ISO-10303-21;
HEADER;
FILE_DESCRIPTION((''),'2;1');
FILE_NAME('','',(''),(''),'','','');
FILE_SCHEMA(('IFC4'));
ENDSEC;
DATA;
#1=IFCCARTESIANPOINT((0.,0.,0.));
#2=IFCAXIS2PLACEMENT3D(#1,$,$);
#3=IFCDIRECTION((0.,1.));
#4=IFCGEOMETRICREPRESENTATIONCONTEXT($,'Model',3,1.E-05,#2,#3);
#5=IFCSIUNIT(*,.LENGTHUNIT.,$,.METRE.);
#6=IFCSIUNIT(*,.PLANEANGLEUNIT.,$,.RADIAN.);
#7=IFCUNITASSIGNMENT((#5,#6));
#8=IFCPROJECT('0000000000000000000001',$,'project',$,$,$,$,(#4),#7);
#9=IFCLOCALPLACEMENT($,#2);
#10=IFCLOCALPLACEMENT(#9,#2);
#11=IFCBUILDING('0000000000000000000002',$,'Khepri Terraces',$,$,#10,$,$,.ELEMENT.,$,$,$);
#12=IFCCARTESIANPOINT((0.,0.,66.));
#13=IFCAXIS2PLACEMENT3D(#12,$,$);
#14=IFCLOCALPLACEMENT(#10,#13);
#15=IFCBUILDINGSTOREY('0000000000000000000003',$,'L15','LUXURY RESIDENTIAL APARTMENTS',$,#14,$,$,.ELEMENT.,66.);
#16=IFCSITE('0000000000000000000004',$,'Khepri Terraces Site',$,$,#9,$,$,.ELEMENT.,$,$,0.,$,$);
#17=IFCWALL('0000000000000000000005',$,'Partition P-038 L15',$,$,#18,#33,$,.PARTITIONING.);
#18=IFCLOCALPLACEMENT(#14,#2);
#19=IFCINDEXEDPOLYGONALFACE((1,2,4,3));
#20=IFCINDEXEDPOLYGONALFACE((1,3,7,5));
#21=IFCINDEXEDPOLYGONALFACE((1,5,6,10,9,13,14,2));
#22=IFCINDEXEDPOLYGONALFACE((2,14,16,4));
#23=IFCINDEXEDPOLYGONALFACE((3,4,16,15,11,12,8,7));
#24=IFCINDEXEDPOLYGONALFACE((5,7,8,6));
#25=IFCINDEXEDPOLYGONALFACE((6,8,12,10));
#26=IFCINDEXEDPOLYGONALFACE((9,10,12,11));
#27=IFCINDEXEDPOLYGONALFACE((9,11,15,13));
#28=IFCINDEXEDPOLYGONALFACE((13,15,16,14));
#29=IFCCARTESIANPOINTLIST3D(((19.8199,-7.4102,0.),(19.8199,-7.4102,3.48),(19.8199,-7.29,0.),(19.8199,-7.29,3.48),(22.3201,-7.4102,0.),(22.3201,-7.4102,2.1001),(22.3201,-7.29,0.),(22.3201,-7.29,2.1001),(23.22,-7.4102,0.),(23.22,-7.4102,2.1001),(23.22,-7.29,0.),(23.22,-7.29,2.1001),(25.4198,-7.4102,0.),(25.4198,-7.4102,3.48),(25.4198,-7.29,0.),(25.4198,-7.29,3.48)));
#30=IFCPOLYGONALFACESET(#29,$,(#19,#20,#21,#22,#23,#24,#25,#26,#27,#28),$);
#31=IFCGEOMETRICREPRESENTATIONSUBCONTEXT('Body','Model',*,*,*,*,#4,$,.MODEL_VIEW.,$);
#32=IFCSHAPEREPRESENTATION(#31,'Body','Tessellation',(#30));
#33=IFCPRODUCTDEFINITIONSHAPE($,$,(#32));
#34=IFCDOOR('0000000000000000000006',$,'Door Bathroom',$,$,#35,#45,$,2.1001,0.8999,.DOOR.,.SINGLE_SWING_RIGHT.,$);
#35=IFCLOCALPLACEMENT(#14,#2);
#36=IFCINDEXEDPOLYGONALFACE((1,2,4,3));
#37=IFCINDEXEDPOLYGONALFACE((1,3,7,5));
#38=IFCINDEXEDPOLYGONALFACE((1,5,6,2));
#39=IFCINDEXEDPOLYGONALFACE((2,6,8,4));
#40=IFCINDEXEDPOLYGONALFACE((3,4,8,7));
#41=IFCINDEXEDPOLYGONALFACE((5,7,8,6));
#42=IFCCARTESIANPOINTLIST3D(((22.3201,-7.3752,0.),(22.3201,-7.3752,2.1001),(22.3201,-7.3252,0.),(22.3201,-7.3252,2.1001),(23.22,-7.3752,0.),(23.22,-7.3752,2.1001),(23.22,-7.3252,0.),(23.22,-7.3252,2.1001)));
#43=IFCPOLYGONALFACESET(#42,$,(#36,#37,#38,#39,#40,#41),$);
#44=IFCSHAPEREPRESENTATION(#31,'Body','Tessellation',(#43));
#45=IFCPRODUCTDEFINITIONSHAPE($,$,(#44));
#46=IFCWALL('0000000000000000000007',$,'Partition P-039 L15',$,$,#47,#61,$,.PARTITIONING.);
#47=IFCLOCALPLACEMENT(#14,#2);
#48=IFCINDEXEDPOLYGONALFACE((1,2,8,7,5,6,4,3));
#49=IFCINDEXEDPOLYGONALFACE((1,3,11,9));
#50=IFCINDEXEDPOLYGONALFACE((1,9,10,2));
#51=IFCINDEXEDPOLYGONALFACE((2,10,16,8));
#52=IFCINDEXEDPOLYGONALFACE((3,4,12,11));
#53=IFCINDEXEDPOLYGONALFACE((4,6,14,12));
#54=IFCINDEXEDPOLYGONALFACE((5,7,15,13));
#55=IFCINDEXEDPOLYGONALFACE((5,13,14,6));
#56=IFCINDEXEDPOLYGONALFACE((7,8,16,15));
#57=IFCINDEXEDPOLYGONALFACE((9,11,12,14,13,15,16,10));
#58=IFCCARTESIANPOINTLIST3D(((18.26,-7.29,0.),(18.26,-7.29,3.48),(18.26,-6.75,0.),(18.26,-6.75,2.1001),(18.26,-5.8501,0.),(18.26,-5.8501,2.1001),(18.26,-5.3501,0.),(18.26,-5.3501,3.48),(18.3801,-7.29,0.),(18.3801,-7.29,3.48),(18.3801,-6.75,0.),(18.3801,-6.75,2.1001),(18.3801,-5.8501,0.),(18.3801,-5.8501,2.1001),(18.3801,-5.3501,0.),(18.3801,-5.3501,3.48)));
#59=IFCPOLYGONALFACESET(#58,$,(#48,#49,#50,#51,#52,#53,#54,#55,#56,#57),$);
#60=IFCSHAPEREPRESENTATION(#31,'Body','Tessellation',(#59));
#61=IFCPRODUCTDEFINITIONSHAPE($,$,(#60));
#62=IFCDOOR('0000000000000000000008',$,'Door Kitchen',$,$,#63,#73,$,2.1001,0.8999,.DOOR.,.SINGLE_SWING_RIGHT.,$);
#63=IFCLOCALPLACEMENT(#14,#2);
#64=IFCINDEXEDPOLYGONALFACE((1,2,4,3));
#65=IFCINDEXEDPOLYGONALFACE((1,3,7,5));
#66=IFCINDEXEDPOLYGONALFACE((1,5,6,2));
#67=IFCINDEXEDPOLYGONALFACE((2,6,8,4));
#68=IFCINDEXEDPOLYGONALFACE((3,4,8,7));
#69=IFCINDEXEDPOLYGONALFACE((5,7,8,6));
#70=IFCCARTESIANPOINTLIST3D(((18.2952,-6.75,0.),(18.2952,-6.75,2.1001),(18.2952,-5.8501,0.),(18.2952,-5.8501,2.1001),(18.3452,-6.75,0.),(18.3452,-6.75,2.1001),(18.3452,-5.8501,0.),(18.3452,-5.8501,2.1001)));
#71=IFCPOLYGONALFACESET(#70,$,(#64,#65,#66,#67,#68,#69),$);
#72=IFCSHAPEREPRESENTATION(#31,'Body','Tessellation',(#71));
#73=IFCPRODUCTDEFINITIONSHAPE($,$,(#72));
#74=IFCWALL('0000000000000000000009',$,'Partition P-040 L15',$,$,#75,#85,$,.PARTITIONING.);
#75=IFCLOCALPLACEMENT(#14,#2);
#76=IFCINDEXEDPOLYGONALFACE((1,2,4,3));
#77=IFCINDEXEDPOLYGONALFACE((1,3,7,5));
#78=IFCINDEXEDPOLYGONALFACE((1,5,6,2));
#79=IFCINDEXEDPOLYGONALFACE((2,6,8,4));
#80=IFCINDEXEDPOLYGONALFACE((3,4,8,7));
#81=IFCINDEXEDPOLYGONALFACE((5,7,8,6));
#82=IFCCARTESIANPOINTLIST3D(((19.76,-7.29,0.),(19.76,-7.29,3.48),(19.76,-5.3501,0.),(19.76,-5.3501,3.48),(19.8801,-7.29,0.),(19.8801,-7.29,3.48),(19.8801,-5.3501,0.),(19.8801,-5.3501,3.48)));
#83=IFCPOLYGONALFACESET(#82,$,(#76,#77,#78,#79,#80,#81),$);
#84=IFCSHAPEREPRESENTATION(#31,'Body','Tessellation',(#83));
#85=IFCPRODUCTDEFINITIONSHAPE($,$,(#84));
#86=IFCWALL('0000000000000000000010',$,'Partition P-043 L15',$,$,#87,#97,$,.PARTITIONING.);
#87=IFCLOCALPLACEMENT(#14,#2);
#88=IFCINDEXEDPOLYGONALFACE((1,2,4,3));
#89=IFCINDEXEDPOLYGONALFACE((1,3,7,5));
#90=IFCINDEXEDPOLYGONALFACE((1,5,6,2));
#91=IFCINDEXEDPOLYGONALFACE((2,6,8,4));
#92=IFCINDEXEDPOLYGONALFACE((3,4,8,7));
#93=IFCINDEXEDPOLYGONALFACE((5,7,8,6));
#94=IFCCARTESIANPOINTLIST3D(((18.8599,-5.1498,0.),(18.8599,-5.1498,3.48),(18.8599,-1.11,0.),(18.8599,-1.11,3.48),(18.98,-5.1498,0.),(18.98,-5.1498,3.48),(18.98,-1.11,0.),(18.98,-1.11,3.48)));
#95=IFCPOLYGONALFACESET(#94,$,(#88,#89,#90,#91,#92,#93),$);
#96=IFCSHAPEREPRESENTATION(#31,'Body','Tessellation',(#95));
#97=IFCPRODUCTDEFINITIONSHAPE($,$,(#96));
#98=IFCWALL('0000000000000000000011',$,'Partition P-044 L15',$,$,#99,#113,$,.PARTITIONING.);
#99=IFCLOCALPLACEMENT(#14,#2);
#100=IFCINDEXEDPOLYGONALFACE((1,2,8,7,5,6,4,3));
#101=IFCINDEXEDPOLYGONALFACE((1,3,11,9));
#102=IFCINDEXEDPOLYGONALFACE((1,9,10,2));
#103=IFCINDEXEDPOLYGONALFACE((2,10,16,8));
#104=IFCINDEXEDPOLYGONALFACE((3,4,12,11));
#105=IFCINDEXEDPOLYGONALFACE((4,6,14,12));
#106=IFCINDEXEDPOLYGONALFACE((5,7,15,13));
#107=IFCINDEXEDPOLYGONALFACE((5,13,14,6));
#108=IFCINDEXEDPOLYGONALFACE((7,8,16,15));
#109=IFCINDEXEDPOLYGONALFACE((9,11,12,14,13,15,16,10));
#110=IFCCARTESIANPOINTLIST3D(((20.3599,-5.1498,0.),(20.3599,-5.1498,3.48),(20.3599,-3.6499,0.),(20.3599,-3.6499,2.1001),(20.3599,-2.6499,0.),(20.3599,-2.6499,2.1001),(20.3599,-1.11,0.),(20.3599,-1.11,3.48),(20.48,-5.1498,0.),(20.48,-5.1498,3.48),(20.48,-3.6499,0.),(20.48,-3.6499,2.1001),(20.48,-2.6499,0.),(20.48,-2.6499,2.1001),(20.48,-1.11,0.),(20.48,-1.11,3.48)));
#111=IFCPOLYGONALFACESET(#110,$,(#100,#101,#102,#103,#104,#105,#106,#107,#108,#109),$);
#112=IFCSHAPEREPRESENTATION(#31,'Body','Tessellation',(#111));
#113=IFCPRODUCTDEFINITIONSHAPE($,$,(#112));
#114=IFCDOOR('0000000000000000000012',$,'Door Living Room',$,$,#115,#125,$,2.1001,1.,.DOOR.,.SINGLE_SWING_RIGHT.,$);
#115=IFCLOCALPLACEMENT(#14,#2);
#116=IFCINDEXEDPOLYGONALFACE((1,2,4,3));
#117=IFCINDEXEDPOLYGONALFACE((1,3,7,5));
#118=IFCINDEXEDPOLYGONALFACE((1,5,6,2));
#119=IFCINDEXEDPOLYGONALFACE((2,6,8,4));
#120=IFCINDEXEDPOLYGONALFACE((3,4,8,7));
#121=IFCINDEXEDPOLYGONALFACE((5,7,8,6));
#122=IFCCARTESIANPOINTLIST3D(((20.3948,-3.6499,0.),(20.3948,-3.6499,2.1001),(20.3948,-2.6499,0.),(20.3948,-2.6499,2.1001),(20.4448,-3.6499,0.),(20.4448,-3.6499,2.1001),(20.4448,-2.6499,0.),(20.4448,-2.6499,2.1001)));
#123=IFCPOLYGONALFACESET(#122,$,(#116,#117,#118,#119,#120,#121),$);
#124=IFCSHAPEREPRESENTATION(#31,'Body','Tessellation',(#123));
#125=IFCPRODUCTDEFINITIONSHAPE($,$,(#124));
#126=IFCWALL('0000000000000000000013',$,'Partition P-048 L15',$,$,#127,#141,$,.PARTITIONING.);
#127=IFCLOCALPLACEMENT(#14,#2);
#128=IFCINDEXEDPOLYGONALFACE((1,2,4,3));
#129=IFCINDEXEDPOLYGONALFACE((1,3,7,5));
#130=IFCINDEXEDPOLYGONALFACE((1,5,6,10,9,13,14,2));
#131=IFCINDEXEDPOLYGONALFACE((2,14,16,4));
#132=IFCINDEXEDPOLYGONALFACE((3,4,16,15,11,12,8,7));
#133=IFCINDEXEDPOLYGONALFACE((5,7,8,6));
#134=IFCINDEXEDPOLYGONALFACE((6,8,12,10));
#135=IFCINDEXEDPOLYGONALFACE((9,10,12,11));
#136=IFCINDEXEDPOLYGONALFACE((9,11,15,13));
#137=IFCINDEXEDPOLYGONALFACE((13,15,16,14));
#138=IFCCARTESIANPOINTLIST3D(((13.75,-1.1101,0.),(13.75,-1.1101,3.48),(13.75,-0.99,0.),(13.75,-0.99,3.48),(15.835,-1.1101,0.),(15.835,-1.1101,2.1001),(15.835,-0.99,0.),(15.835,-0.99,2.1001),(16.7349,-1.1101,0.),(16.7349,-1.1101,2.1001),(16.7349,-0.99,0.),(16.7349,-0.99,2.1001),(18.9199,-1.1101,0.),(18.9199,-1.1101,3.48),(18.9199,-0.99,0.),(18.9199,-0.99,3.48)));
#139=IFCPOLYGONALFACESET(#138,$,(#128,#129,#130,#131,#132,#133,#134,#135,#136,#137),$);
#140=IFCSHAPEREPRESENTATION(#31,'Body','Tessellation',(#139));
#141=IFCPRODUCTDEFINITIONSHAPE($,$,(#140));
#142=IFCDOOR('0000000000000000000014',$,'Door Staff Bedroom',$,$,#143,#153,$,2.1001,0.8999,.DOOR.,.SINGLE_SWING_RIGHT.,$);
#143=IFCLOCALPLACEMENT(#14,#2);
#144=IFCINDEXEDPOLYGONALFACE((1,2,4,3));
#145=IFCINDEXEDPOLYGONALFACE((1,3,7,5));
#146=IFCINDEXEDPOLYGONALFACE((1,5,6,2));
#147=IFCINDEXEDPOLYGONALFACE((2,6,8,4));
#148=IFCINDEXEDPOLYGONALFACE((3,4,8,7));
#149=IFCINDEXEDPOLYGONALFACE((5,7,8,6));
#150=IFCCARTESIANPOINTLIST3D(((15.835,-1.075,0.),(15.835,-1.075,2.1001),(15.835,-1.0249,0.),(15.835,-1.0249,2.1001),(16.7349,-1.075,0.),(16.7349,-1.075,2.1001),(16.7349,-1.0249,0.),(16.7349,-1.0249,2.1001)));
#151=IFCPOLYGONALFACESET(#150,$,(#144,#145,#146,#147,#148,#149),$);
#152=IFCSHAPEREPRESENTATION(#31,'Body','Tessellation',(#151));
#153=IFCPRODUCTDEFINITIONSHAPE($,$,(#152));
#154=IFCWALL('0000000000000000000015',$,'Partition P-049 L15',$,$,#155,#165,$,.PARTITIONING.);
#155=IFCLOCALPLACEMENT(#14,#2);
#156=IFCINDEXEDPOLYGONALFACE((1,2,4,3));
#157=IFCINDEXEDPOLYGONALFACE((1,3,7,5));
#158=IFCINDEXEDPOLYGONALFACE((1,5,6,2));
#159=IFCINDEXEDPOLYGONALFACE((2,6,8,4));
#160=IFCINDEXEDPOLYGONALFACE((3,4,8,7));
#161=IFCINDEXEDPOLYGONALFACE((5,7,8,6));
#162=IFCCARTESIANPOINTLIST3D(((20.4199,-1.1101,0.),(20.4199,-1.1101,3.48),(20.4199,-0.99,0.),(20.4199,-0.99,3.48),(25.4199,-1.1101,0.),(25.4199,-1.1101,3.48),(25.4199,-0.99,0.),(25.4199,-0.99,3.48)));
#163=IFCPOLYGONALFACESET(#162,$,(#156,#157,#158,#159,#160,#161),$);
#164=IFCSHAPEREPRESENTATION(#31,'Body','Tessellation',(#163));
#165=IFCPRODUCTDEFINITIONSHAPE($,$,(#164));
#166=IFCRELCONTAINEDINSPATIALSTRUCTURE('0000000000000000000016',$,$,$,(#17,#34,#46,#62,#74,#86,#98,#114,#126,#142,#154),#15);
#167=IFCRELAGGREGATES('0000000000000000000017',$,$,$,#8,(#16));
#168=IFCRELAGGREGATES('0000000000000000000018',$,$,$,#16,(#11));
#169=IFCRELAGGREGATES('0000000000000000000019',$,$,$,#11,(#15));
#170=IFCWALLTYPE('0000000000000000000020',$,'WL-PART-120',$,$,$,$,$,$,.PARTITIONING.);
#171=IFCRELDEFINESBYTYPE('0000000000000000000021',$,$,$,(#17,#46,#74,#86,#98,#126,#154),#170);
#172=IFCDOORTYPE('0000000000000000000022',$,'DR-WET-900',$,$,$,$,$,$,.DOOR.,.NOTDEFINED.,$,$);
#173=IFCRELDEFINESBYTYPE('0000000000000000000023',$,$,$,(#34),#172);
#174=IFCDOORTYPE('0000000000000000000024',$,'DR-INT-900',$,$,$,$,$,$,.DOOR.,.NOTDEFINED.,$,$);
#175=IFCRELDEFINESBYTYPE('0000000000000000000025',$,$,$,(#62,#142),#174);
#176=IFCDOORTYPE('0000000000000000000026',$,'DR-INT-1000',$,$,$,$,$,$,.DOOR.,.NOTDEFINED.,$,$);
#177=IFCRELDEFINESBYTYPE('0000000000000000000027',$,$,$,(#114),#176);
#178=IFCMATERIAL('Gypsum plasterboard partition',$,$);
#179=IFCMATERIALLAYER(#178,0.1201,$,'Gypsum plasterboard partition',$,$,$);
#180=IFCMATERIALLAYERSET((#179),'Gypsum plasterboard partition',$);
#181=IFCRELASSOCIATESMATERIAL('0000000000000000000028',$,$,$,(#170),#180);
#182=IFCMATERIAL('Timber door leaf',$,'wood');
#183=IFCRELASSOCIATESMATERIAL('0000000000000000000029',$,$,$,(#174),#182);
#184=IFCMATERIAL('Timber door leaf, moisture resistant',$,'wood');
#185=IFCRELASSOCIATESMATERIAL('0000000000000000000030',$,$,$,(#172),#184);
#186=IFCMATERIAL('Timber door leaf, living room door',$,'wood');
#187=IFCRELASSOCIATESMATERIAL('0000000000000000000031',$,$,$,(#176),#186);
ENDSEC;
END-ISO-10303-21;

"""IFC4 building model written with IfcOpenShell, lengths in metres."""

from ifc_helpers import new_model, si_unit, direction, frame, frame_2d, origin, place, context, subcontext, project, spatial, rectangle, extrude, material, layer, layer_set, type_object, element, fill, save


model = new_model("IFC4")

# Units and contexts
model_context = context("Model", 3, precision=1e-05, world=origin(), true_north=direction((0.0, 1.0)))
body_context = subcontext(model_context, "Body", "Model", "MODEL_VIEW")
ifc_project = project(units=[si_unit("LENGTHUNIT", "METRE"), si_unit("PLANEANGLEUNIT", "RADIAN")], contexts=[model_context])

# Site, building, storey
site_placement = place(None, origin())
site = spatial("IfcSite", under=ifc_project, at=site_placement, Name="Khepri Terraces Site", CompositionType="ELEMENT", RefElevation=0.0)
building_placement = place(site_placement, origin())
building = spatial("IfcBuilding", under=site, at=building_placement, Name="Khepri Terraces", CompositionType="ELEMENT")
storey_placement = place(building_placement, frame((0.0, 0.0, 66.0)))
storey = spatial("IfcBuildingStorey", under=building, at=storey_placement, Name="L15", Description="LUXURY RESIDENTIAL APARTMENTS", CompositionType="ELEMENT", Elevation=66.0)

# Shared definitions
ifc_material_1 = material(Name="Gypsum plasterboard partition")
ifc_layer_1 = layer(ifc_material_1, 0.1201, Name="Gypsum plasterboard partition")
ifc_layer_set_1 = layer_set([ifc_layer_1], Name="Gypsum plasterboard partition")
wall_type_1 = type_object("IfcWallType", Name="WL-PART-120", PredefinedType="PARTITIONING", material=ifc_layer_set_1)

# Shared definitions
ifc_material_2 = material(Name="Timber door leaf", Category="wood")
door_type_1 = type_object("IfcDoorType", Name="DR-INT-900", OperationType="NOTDEFINED", PredefinedType="DOOR", material=ifc_material_2)
ifc_material_3 = material(Name="Timber door leaf, moisture resistant", Category="wood")
door_type_2 = type_object("IfcDoorType", Name="DR-WET-900", OperationType="NOTDEFINED", PredefinedType="DOOR", material=ifc_material_3)

# Walls, openings, doors
wall_1_placement = place(storey_placement, frame((19.8201, -7.3501, 0.0), z_axis=(0.0, 0.0, 1.0), x_axis=(1.0, 0.0, 0.0)))
wall_1 = element("IfcWall", 1, at=wall_1_placement, inside=storey, type_object=wall_type_1, Name="Partition P-038 L15", PredefinedType="PARTITIONING", context=body_context, shape_type="SweptSolid", body=[
    extrude(rectangle(XDim=5.5999, YDim=0.1201, at=frame_2d((2.7998, 0.0))), origin(), (0.0, 0.0, 1.0), 3.48),
])
opening_1_placement = place(wall_1_placement, frame((2.5, 0.0, 0.0)))
opening_1 = element("IfcOpeningElement", 2, at=opening_1_placement, cuts=wall_1, PredefinedType="OPENING", context=body_context, shape_type="SweptSolid", body=[
    extrude(rectangle(XDim=0.8999, YDim=2.1001, at=frame_2d((0.45, 1.05))), frame((0.0, 0.0701, 0.0), z_axis=(0.0, -1.0, 0.0), x_axis=(1.0, 0.0, 0.0)), (0.0, 0.0, 1.0), 0.1401),
])
door_1_placement = place(opening_1_placement, origin())
door_1 = element("IfcDoor", 3, at=door_1_placement, inside=storey, type_object=door_type_2, Name="Door Bathroom", OperationType="SINGLE_SWING_RIGHT", OverallHeight=2.1001, OverallWidth=0.8999, PredefinedType="DOOR", context=body_context, shape_type="SweptSolid", body=[
    extrude(rectangle(XDim=0.8999, YDim=2.1001, at=frame_2d((0.45, 1.05))), frame((0.0, 0.0249, 0.0), z_axis=(0.0, -1.0, 0.0), x_axis=(1.0, 0.0, 0.0)), (0.0, 0.0, 1.0), 0.05),
])
fill(opening_1, door_1)
wall_2_placement = place(storey_placement, frame((18.3201, -7.29, 0.0), z_axis=(0.0, 0.0, 1.0), x_axis=(0.0, 1.0, 0.0)))
wall_2 = element("IfcWall", 4, at=wall_2_placement, inside=storey, type_object=wall_type_1, Name="Partition P-039 L15", PredefinedType="PARTITIONING", context=body_context, shape_type="SweptSolid", body=[
    extrude(rectangle(XDim=1.9399, YDim=0.1201, at=frame_2d((0.97, 0.0))), origin(), (0.0, 0.0, 1.0), 3.48),
])
opening_2_placement = place(wall_2_placement, frame((0.54, 0.0, 0.0)))
opening_2 = element("IfcOpeningElement", 5, at=opening_2_placement, cuts=wall_2, PredefinedType="OPENING", context=body_context, shape_type="SweptSolid", body=[
    extrude(rectangle(XDim=0.8999, YDim=2.1001, at=frame_2d((0.45, 1.05))), frame((0.0, 0.0701, 0.0), z_axis=(0.0, -1.0, 0.0), x_axis=(1.0, 0.0, 0.0)), (0.0, 0.0, 1.0), 0.1401),
])
door_2_placement = place(opening_2_placement, origin())
door_2 = element("IfcDoor", 6, at=door_2_placement, inside=storey, type_object=door_type_1, Name="Door Kitchen", OperationType="SINGLE_SWING_RIGHT", OverallHeight=2.1001, OverallWidth=0.8999, PredefinedType="DOOR", context=body_context, shape_type="SweptSolid", body=[
    extrude(rectangle(XDim=0.8999, YDim=2.1001, at=frame_2d((0.45, 1.05))), frame((0.0, 0.0249, 0.0), z_axis=(0.0, -1.0, 0.0), x_axis=(1.0, 0.0, 0.0)), (0.0, 0.0, 1.0), 0.05),
])
fill(opening_2, door_2)

# Walls
wall_3_placement = place(storey_placement, frame((19.8201, -7.29, 0.0), z_axis=(0.0, 0.0, 1.0), x_axis=(0.0, 1.0, 0.0)))
element("IfcWall", 7, at=wall_3_placement, inside=storey, type_object=wall_type_1, Name="Partition P-040 L15", PredefinedType="PARTITIONING", context=body_context, shape_type="SweptSolid", body=[
    extrude(rectangle(XDim=1.9399, YDim=0.1201, at=frame_2d((0.97, 0.0))), origin(), (0.0, 0.0, 1.0), 3.48),
])
wall_4_placement = place(storey_placement, frame((18.9199, -5.1499, 0.0), z_axis=(0.0, 0.0, 1.0), x_axis=(0.0, 1.0, 0.0)))
element("IfcWall", 8, at=wall_4_placement, inside=storey, type_object=wall_type_1, Name="Partition P-043 L15", PredefinedType="PARTITIONING", context=body_context, shape_type="SweptSolid", body=[
    extrude(rectangle(XDim=4.0398, YDim=0.1201, at=frame_2d((2.02, 0.0))), origin(), (0.0, 0.0, 1.0), 3.48),
])

# Walls, openings, doors
wall_5_placement = place(storey_placement, frame((20.4199, -5.1499, 0.0), z_axis=(0.0, 0.0, 1.0), x_axis=(0.0, 1.0, 0.0)))
wall_5 = element("IfcWall", 9, at=wall_5_placement, inside=storey, type_object=wall_type_1, Name="Partition P-044 L15", PredefinedType="PARTITIONING", context=body_context, shape_type="SweptSolid", body=[
    extrude(rectangle(XDim=4.0398, YDim=0.1201, at=frame_2d((2.02, 0.0))), origin(), (0.0, 0.0, 1.0), 3.48),
])
opening_3_placement = place(wall_5_placement, frame((1.5, 0.0, 0.0)))
opening_3 = element("IfcOpeningElement", 10, at=opening_3_placement, cuts=wall_5, PredefinedType="OPENING", context=body_context, shape_type="SweptSolid", body=[
    extrude(rectangle(XDim=1.0, YDim=2.1001, at=frame_2d((0.5, 1.05))), frame((0.0, 0.0701, 0.0), z_axis=(0.0, -1.0, 0.0), x_axis=(1.0, 0.0, 0.0)), (0.0, 0.0, 1.0), 0.1401),
])
ifc_material_4 = material(Name="Timber door leaf, living room door", Category="wood")
door_type_3 = type_object("IfcDoorType", Name="DR-INT-1000", OperationType="NOTDEFINED", PredefinedType="DOOR", material=ifc_material_4)
door_3_placement = place(opening_3_placement, frame((1.0, 0.0, 0.0), z_axis=(0.0, 0.0, 1.0), x_axis=(-1.0, 0.0, 0.0)))
door_3 = element("IfcDoor", 11, at=door_3_placement, inside=storey, type_object=door_type_3, Name="Door Living Room", OperationType="SINGLE_SWING_RIGHT", OverallHeight=2.1001, OverallWidth=1.0, PredefinedType="DOOR", context=body_context, shape_type="SweptSolid", body=[
    extrude(rectangle(XDim=1.0, YDim=2.1001, at=frame_2d((0.5, 1.05))), frame((0.0, 0.0249, 0.0), z_axis=(0.0, -1.0, 0.0), x_axis=(1.0, 0.0, 0.0)), (0.0, 0.0, 1.0), 0.05),
])
fill(opening_3, door_3)
wall_6_placement = place(storey_placement, frame((13.75, -1.05, 0.0), z_axis=(0.0, 0.0, 1.0), x_axis=(1.0, 0.0, 0.0)))
wall_6 = element("IfcWall", 12, at=wall_6_placement, inside=storey, type_object=wall_type_1, Name="Partition P-048 L15", PredefinedType="PARTITIONING", context=body_context, shape_type="SweptSolid", body=[
    extrude(rectangle(XDim=5.1699, YDim=0.1201, at=frame_2d((2.585, 0.0))), origin(), (0.0, 0.0, 1.0), 3.48),
])
opening_4_placement = place(wall_6_placement, frame((2.085, 0.0, 0.0)))
opening_4 = element("IfcOpeningElement", 13, at=opening_4_placement, cuts=wall_6, PredefinedType="OPENING", context=body_context, shape_type="SweptSolid", body=[
    extrude(rectangle(XDim=0.8999, YDim=2.1001, at=frame_2d((0.45, 1.05))), frame((0.0, 0.0701, 0.0), z_axis=(0.0, -1.0, 0.0), x_axis=(1.0, 0.0, 0.0)), (0.0, 0.0, 1.0), 0.1401),
])
door_4_placement = place(opening_4_placement, frame((0.8999, 0.0, 0.0), z_axis=(0.0, 0.0, 1.0), x_axis=(-1.0, 0.0, 0.0)))
door_4 = element("IfcDoor", 14, at=door_4_placement, inside=storey, type_object=door_type_1, Name="Door Staff Bedroom", OperationType="SINGLE_SWING_RIGHT", OverallHeight=2.1001, OverallWidth=0.8999, PredefinedType="DOOR", context=body_context, shape_type="SweptSolid", body=[
    extrude(rectangle(XDim=0.8999, YDim=2.1001, at=frame_2d((0.45, 1.05))), frame((0.0, 0.0249, 0.0), z_axis=(0.0, -1.0, 0.0), x_axis=(1.0, 0.0, 0.0)), (0.0, 0.0, 1.0), 0.05),
])
fill(opening_4, door_4)

# Wall
wall_7_placement = place(storey_placement, frame((20.4199, -1.05, 0.0), z_axis=(0.0, 0.0, 1.0), x_axis=(1.0, 0.0, 0.0)))
element("IfcWall", 15, at=wall_7_placement, inside=storey, type_object=wall_type_1, Name="Partition P-049 L15", PredefinedType="PARTITIONING", context=body_context, shape_type="SweptSolid", body=[
    extrude(rectangle(XDim=5.0, YDim=0.1201, at=frame_2d((2.5, 0.0))), origin(), (0.0, 0.0, 1.0), 3.48),
])

save(model, "model.ifc")
